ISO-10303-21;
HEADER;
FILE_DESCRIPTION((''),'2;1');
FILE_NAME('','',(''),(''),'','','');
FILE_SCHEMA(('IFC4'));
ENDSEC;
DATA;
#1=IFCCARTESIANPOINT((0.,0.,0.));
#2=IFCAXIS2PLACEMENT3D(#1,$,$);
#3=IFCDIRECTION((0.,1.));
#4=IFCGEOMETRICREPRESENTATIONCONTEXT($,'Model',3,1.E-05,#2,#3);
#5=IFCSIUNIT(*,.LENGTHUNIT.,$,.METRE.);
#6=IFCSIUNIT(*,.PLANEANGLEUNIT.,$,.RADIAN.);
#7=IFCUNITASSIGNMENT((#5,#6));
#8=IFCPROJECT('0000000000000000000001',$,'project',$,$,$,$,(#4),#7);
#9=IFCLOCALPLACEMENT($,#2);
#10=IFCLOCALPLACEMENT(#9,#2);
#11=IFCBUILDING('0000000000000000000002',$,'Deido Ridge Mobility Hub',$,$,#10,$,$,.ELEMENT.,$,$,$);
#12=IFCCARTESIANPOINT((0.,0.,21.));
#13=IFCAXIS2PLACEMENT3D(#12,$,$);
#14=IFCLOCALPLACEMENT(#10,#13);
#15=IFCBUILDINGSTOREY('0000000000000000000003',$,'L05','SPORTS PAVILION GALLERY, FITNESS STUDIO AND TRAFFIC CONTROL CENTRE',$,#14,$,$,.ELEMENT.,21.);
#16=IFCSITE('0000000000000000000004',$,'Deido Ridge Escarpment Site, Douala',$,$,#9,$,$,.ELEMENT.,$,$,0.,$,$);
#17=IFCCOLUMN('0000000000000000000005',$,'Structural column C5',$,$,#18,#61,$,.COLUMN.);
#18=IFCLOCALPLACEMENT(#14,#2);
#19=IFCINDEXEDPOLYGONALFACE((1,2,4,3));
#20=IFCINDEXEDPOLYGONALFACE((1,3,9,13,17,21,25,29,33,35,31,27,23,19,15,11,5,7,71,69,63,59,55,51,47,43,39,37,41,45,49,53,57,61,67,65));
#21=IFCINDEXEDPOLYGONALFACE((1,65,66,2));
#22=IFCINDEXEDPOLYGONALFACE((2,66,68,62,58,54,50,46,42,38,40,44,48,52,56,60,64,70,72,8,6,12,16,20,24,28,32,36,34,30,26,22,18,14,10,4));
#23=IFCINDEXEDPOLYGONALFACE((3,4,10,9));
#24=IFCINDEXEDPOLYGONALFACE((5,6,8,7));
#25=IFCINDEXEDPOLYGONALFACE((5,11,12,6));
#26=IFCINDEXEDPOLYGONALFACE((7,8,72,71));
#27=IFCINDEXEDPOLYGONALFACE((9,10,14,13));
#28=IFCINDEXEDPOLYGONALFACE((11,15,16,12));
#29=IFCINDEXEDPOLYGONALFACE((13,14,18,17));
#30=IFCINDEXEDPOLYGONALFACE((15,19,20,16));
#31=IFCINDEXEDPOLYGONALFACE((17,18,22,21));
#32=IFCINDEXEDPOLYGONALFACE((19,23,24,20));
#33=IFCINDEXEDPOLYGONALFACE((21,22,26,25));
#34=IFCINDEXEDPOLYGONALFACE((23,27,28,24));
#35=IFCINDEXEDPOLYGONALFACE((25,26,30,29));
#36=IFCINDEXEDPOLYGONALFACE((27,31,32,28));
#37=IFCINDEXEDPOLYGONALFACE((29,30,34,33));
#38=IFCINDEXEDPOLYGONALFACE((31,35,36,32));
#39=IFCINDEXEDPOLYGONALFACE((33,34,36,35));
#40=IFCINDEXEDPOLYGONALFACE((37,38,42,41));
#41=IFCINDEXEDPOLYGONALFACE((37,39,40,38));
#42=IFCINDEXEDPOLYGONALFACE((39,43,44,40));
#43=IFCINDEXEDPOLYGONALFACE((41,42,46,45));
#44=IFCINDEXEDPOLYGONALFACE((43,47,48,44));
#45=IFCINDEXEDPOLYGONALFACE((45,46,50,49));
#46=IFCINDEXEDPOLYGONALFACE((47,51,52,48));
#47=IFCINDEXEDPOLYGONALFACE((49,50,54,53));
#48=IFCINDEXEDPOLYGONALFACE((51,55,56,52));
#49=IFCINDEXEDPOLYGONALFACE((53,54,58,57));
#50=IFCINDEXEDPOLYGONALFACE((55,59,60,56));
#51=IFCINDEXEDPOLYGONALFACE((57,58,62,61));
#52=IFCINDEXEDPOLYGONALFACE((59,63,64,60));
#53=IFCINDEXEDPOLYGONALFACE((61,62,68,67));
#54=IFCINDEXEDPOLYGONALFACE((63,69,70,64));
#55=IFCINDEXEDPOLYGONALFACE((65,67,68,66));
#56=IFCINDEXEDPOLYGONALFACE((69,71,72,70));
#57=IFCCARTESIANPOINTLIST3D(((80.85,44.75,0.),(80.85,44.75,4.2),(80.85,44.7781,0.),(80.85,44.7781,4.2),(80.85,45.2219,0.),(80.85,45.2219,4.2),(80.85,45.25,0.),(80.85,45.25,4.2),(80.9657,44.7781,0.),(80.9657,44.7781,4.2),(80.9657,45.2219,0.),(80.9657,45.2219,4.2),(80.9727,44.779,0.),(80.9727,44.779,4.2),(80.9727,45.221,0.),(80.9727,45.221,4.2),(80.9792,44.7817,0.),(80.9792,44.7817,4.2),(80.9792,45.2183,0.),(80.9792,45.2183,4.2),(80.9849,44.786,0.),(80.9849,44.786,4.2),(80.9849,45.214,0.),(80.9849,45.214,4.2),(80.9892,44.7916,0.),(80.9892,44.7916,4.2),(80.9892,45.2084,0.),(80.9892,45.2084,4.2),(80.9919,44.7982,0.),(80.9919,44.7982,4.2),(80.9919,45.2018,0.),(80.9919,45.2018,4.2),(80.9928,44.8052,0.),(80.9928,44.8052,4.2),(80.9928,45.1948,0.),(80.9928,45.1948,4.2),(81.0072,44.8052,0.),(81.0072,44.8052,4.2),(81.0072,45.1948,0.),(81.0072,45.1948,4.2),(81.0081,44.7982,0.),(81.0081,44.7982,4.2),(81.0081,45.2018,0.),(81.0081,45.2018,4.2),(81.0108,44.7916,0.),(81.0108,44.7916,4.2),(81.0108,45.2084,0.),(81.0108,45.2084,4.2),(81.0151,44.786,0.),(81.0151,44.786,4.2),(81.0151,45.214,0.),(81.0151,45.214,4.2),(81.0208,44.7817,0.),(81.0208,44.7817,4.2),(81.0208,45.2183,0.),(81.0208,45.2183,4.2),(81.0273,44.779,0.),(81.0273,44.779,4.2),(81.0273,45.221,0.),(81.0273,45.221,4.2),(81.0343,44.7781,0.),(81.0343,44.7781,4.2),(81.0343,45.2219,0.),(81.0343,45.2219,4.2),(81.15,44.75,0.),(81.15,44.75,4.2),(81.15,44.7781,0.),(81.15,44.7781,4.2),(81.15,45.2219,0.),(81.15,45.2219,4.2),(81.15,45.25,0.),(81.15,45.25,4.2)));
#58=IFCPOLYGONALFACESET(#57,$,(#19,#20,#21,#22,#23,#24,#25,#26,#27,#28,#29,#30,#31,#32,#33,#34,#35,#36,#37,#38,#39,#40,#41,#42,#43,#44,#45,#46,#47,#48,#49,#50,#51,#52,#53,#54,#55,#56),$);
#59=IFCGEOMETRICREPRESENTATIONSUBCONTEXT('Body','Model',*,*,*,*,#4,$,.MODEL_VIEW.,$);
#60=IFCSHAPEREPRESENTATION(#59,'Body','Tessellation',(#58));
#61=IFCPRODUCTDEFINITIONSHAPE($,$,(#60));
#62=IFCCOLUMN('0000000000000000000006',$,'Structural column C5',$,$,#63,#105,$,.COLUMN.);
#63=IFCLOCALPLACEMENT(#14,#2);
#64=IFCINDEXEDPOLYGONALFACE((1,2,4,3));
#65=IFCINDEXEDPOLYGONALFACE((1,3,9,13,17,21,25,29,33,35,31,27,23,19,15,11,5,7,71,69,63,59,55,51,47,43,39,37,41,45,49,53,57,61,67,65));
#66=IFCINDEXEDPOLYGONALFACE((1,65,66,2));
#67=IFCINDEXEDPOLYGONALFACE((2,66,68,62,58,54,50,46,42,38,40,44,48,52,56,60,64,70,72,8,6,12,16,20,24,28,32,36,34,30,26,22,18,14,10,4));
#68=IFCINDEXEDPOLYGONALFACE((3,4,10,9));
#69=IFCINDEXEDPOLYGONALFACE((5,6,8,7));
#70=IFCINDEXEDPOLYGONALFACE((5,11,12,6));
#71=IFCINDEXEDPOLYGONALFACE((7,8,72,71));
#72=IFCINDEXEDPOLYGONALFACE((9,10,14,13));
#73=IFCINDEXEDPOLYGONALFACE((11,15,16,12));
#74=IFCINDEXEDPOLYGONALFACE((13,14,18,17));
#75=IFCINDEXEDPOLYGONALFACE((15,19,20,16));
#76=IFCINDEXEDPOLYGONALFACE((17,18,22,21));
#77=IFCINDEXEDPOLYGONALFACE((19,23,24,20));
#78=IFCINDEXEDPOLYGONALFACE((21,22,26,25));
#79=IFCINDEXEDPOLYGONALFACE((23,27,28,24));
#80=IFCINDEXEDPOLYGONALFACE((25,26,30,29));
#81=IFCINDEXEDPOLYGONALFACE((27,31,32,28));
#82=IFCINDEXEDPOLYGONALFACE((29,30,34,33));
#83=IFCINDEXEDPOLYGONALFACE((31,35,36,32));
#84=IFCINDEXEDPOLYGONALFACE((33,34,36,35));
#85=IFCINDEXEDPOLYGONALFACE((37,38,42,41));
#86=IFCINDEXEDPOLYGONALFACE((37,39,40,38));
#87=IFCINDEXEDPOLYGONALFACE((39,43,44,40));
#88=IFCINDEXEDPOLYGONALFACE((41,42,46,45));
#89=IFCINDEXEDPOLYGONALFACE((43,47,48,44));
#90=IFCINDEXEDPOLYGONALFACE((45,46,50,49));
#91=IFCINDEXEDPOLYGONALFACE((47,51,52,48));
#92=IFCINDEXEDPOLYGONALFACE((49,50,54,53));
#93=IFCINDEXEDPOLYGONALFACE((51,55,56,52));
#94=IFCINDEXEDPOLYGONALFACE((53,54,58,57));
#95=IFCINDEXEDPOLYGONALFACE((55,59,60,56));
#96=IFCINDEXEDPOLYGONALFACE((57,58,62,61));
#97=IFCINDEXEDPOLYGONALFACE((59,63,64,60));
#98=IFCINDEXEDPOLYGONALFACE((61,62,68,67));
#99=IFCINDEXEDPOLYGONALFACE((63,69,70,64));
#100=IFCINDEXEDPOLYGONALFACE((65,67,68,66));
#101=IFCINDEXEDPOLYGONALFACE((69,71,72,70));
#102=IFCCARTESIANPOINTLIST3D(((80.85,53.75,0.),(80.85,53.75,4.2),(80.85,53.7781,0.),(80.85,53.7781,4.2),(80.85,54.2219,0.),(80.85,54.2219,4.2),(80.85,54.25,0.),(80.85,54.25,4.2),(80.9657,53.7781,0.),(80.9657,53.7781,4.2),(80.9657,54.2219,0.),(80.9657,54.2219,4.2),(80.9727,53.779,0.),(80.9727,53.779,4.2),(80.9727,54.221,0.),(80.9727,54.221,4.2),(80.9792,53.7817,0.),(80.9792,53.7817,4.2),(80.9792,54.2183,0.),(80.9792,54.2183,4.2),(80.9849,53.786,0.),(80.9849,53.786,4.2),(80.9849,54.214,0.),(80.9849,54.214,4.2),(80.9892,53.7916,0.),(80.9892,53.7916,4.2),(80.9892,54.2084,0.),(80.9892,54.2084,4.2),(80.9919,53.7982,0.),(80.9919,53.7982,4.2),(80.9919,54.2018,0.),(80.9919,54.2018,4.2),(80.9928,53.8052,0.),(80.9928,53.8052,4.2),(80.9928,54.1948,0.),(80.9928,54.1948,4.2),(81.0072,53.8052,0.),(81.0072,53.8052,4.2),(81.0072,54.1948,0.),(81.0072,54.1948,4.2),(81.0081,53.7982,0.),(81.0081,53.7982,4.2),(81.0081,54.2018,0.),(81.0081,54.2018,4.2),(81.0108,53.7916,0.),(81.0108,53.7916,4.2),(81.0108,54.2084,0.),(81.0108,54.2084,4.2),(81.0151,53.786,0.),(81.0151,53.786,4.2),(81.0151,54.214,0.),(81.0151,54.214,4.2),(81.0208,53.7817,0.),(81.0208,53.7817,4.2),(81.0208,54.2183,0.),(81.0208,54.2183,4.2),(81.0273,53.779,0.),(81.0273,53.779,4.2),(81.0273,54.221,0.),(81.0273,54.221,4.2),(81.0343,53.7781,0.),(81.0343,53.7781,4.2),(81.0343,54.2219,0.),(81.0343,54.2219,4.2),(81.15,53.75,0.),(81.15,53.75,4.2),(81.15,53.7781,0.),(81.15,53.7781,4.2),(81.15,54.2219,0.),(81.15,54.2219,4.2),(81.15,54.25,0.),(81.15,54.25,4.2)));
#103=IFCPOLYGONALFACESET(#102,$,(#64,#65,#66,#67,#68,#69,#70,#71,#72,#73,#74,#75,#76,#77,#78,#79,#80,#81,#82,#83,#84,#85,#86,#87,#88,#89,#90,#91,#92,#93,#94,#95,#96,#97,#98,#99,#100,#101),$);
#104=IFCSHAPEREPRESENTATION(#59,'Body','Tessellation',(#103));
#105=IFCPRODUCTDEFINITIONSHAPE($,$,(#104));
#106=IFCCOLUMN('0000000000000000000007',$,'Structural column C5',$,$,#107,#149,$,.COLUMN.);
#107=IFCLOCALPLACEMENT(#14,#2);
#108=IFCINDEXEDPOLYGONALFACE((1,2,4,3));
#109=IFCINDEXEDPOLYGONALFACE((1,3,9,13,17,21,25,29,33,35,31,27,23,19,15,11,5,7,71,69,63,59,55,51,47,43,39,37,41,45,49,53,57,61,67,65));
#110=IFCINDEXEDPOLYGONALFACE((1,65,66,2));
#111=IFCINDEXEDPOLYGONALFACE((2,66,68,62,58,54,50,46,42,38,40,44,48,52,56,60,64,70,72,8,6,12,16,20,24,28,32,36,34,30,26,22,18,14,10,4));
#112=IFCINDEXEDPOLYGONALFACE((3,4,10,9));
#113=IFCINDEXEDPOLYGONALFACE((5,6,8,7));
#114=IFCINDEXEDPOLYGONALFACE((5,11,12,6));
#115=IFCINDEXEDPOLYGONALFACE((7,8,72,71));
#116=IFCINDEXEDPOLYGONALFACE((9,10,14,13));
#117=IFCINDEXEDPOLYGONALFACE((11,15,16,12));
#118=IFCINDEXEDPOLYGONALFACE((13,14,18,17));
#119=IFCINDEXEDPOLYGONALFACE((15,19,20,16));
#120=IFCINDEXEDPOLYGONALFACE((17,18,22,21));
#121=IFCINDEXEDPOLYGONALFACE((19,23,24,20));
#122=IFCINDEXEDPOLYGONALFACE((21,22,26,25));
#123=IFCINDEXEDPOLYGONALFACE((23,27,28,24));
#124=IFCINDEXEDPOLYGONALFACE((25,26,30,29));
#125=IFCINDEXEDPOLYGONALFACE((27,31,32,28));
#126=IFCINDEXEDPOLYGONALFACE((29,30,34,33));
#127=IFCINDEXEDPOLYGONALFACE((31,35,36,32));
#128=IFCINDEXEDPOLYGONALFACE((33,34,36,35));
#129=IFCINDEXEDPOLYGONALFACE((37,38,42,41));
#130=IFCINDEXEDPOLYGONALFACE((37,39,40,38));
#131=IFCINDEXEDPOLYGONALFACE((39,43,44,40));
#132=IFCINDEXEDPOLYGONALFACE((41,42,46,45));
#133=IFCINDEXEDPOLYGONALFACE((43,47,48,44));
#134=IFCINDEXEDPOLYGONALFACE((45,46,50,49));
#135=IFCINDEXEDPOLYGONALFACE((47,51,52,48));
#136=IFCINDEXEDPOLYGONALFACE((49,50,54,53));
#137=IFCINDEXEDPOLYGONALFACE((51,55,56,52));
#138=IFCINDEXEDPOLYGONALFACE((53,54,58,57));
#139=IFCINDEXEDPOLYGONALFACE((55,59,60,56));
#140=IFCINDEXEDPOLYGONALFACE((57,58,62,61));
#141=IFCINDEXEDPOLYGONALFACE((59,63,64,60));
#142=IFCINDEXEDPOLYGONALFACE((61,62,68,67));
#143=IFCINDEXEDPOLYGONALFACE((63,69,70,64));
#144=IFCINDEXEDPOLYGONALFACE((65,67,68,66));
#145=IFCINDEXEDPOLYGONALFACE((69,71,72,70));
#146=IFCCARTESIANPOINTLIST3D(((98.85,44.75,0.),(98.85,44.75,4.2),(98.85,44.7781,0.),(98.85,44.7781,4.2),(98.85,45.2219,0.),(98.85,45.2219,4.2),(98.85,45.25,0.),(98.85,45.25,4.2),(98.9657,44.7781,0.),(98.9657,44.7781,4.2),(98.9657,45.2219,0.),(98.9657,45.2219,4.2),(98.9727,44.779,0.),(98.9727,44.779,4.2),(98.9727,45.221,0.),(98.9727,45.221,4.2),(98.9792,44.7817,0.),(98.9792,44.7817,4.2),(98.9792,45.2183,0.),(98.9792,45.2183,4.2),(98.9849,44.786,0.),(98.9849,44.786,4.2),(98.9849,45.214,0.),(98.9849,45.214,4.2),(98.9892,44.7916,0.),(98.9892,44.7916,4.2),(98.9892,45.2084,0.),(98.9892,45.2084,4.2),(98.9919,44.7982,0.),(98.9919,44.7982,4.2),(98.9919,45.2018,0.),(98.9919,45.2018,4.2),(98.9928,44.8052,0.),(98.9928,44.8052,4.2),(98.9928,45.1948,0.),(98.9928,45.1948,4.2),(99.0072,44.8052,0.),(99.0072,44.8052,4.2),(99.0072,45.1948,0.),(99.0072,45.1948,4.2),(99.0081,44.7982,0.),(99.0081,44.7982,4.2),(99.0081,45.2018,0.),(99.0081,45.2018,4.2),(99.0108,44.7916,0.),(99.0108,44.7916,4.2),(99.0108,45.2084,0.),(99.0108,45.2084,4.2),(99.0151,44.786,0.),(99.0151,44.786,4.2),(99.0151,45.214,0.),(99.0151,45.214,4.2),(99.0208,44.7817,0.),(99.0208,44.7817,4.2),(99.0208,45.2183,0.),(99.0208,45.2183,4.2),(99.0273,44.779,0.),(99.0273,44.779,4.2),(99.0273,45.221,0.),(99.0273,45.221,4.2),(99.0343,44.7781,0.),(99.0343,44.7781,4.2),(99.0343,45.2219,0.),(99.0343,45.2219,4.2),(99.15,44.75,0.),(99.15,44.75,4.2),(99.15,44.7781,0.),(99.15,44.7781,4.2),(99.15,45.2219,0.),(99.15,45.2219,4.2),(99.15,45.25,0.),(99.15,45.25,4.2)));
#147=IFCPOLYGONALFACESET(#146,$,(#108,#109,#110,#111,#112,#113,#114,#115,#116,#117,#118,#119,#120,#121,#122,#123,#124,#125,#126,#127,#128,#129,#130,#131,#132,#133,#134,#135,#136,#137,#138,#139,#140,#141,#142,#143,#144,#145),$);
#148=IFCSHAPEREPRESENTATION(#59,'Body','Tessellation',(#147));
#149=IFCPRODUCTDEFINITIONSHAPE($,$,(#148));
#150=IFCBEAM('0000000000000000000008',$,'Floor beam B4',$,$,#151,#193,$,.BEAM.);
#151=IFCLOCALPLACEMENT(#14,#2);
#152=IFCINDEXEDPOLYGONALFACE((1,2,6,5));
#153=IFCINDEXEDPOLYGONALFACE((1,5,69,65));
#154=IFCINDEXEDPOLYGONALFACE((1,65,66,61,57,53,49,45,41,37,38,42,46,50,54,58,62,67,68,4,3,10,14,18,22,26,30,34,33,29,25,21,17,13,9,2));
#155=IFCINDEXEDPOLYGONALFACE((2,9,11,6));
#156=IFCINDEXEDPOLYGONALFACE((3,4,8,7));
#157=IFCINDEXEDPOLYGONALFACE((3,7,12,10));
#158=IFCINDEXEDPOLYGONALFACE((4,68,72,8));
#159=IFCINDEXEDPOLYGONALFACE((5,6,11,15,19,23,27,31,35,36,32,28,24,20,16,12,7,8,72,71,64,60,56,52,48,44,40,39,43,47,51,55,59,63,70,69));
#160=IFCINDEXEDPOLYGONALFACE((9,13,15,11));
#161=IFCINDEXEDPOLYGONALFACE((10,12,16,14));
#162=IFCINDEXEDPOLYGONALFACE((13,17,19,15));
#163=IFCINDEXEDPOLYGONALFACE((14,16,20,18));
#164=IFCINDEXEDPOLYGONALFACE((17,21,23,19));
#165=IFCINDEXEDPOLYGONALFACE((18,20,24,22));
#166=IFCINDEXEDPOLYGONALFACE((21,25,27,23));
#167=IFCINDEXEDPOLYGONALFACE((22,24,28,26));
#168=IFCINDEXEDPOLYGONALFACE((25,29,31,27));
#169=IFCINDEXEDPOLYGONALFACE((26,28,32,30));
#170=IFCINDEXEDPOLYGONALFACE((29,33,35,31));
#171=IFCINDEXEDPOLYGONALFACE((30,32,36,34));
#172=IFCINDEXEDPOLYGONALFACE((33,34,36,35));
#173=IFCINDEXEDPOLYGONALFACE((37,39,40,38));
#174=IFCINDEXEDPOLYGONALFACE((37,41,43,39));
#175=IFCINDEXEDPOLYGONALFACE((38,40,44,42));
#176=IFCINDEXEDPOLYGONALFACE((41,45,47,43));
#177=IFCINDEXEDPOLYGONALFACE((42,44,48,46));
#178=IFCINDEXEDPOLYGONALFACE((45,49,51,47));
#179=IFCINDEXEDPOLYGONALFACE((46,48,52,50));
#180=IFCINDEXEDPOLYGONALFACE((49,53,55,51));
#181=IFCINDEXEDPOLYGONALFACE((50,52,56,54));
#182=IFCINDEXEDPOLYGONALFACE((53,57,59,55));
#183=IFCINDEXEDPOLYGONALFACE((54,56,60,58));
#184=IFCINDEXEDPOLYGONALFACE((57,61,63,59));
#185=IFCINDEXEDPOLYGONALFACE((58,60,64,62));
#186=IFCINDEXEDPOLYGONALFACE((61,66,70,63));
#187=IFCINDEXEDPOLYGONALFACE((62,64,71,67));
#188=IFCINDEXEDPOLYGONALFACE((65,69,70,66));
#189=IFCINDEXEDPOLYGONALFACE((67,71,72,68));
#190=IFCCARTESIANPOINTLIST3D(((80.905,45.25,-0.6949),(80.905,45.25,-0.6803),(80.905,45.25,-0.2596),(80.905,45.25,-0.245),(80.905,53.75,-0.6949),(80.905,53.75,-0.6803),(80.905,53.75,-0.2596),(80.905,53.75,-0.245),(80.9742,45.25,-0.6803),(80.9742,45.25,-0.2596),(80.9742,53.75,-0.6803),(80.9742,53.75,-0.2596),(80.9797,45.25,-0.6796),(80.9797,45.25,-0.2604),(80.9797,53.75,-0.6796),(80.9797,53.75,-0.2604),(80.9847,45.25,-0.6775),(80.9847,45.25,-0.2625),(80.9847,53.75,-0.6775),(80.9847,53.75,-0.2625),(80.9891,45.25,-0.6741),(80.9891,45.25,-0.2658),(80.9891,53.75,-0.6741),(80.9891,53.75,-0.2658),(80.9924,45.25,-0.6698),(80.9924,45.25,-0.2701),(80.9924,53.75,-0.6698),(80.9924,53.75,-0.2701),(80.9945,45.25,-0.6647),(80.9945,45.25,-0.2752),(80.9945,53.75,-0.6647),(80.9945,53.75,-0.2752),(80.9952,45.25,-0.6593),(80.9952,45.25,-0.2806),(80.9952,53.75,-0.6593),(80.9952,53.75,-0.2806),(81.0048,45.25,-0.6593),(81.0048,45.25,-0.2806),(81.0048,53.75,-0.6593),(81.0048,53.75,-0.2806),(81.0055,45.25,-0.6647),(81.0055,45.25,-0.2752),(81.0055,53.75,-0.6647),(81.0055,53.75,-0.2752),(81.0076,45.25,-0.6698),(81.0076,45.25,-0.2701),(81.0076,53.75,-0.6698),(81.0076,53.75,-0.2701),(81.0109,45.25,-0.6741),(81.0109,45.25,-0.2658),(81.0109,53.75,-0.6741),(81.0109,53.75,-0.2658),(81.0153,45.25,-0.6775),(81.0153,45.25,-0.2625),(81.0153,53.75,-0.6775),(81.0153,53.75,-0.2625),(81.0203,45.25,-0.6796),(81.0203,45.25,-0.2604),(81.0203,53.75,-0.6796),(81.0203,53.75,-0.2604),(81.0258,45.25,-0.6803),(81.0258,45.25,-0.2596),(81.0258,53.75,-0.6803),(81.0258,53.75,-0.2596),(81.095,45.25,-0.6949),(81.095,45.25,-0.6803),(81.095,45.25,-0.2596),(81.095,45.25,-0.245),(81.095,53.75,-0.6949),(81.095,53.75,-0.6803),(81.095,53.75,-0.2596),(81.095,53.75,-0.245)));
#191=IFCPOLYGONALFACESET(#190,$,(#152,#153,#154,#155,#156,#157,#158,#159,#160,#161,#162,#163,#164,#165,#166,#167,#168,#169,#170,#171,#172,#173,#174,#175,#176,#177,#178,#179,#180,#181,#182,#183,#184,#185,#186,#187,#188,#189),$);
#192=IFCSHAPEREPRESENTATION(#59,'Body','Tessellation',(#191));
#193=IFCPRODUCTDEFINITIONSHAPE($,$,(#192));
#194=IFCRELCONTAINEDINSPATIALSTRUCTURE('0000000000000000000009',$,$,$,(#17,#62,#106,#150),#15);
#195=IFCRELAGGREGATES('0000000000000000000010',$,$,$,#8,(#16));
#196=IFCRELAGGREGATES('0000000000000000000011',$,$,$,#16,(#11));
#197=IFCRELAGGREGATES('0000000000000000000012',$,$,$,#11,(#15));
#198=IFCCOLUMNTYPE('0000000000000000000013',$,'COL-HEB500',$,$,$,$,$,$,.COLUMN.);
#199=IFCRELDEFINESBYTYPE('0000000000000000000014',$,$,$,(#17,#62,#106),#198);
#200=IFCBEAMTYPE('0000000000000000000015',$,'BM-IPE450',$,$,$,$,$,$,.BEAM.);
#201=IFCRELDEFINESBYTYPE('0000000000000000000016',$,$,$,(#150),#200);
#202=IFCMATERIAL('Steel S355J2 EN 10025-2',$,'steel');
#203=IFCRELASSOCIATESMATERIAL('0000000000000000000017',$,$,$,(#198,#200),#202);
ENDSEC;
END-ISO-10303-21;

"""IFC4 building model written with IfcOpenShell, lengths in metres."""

from ifc_helpers import new_model, si_unit, direction, frame, origin, origin_2d, place, context, subcontext, project, spatial, i_section, extrude, material, material_profile, profile_set, type_object, element, save


model = new_model("IFC4")

# Units and contexts
model_context = context("Model", 3, precision=1e-05, world=origin(), true_north=direction((0.0, 1.0)))
body_context = subcontext(model_context, "Body", "Model", "MODEL_VIEW")
ifc_project = project(units=[si_unit("LENGTHUNIT", "METRE"), si_unit("PLANEANGLEUNIT", "RADIAN")], contexts=[model_context])

# Site, building, storey
site_placement = place(None, origin())
site = spatial("IfcSite", under=ifc_project, at=site_placement, Name="Deido Ridge Escarpment Site, Douala", CompositionType="ELEMENT", RefElevation=0.0)
building_placement = place(site_placement, origin())
building = spatial("IfcBuilding", under=site, at=building_placement, Name="Deido Ridge Mobility Hub", CompositionType="ELEMENT")
storey_placement = place(building_placement, frame((0.0, 0.0, 21.0)))
storey = spatial("IfcBuildingStorey", under=building, at=storey_placement, Name="L05", Description="SPORTS PAVILION GALLERY, FITNESS STUDIO AND TRAFFIC CONTROL CENTRE", CompositionType="ELEMENT", Elevation=21.0)

# Columns
ifc_material_1 = material(Name="Steel S355J2 EN 10025-2", Category="steel")
ifc_material_profile_1 = material_profile(ifc_material_1, i_section(OverallWidth=0.3, OverallDepth=0.5, WebThickness=0.0144, FlangeThickness=0.0281, FilletRadius=0.0271, at=origin_2d()), Name="HEB 500")
ifc_profile_set_1 = profile_set([ifc_material_profile_1], Name="Steel S355J2 EN 10025-2")
column_type = type_object("IfcColumnType", Name="COL-HEB500", PredefinedType="COLUMN", material=ifc_profile_set_1)
for number, where, z_axis, x_axis, name in (
    (1, (81.0, 45.0, 0.0), (0.0, 0.0, 1.0), (1.0, 0.0, 0.0), "Structural column C5"),
    (2, (81.0, 54.0, 0.0), (0.0, 0.0, 1.0), (1.0, 0.0, 0.0), "Structural column C5"),
    (3, (99.0, 45.0, 0.0), (0.0, 0.0, 1.0), (1.0, 0.0, 0.0), "Structural column C5"),
):
    element("IfcColumn", number, at=place(storey_placement, frame(where, z_axis=z_axis, x_axis=x_axis)), inside=storey, type_object=column_type, Name=name, PredefinedType="COLUMN", context=body_context, shape_type="SweptSolid", body=[
        extrude(i_section(OverallWidth=0.3, OverallDepth=0.5, WebThickness=0.0144, FlangeThickness=0.0281, FilletRadius=0.0271, at=origin_2d()), origin(), (0.0, 0.0, 1.0), 4.2),
    ])

# Beam
ifc_material_profile_2 = material_profile(ifc_material_1, i_section(OverallWidth=0.1899, OverallDepth=0.45, WebThickness=0.0095, FlangeThickness=0.0146, FilletRadius=0.021, at=origin_2d()), Name="IPE 450")
ifc_profile_set_2 = profile_set([ifc_material_profile_2], Name="Steel S355J2 EN 10025-2")
beam_type_1 = type_object("IfcBeamType", Name="BM-IPE450", PredefinedType="BEAM", material=ifc_profile_set_2)
beam_1_placement = place(storey_placement, frame((81.0, 45.25, -0.47), z_axis=(0.0, 1.0, 0.0), x_axis=(-1.0, 0.0, 0.0)))
element("IfcBeam", 4, at=beam_1_placement, inside=storey, type_object=beam_type_1, Name="Floor beam B4", PredefinedType="BEAM", context=body_context, shape_type="SweptSolid", body=[
    extrude(i_section(OverallWidth=0.1899, OverallDepth=0.45, WebThickness=0.0095, FlangeThickness=0.0146, FilletRadius=0.021, at=origin_2d()), origin(), (0.0, 0.0, 1.0), 8.5),
])

save(model, "model.ifc")
